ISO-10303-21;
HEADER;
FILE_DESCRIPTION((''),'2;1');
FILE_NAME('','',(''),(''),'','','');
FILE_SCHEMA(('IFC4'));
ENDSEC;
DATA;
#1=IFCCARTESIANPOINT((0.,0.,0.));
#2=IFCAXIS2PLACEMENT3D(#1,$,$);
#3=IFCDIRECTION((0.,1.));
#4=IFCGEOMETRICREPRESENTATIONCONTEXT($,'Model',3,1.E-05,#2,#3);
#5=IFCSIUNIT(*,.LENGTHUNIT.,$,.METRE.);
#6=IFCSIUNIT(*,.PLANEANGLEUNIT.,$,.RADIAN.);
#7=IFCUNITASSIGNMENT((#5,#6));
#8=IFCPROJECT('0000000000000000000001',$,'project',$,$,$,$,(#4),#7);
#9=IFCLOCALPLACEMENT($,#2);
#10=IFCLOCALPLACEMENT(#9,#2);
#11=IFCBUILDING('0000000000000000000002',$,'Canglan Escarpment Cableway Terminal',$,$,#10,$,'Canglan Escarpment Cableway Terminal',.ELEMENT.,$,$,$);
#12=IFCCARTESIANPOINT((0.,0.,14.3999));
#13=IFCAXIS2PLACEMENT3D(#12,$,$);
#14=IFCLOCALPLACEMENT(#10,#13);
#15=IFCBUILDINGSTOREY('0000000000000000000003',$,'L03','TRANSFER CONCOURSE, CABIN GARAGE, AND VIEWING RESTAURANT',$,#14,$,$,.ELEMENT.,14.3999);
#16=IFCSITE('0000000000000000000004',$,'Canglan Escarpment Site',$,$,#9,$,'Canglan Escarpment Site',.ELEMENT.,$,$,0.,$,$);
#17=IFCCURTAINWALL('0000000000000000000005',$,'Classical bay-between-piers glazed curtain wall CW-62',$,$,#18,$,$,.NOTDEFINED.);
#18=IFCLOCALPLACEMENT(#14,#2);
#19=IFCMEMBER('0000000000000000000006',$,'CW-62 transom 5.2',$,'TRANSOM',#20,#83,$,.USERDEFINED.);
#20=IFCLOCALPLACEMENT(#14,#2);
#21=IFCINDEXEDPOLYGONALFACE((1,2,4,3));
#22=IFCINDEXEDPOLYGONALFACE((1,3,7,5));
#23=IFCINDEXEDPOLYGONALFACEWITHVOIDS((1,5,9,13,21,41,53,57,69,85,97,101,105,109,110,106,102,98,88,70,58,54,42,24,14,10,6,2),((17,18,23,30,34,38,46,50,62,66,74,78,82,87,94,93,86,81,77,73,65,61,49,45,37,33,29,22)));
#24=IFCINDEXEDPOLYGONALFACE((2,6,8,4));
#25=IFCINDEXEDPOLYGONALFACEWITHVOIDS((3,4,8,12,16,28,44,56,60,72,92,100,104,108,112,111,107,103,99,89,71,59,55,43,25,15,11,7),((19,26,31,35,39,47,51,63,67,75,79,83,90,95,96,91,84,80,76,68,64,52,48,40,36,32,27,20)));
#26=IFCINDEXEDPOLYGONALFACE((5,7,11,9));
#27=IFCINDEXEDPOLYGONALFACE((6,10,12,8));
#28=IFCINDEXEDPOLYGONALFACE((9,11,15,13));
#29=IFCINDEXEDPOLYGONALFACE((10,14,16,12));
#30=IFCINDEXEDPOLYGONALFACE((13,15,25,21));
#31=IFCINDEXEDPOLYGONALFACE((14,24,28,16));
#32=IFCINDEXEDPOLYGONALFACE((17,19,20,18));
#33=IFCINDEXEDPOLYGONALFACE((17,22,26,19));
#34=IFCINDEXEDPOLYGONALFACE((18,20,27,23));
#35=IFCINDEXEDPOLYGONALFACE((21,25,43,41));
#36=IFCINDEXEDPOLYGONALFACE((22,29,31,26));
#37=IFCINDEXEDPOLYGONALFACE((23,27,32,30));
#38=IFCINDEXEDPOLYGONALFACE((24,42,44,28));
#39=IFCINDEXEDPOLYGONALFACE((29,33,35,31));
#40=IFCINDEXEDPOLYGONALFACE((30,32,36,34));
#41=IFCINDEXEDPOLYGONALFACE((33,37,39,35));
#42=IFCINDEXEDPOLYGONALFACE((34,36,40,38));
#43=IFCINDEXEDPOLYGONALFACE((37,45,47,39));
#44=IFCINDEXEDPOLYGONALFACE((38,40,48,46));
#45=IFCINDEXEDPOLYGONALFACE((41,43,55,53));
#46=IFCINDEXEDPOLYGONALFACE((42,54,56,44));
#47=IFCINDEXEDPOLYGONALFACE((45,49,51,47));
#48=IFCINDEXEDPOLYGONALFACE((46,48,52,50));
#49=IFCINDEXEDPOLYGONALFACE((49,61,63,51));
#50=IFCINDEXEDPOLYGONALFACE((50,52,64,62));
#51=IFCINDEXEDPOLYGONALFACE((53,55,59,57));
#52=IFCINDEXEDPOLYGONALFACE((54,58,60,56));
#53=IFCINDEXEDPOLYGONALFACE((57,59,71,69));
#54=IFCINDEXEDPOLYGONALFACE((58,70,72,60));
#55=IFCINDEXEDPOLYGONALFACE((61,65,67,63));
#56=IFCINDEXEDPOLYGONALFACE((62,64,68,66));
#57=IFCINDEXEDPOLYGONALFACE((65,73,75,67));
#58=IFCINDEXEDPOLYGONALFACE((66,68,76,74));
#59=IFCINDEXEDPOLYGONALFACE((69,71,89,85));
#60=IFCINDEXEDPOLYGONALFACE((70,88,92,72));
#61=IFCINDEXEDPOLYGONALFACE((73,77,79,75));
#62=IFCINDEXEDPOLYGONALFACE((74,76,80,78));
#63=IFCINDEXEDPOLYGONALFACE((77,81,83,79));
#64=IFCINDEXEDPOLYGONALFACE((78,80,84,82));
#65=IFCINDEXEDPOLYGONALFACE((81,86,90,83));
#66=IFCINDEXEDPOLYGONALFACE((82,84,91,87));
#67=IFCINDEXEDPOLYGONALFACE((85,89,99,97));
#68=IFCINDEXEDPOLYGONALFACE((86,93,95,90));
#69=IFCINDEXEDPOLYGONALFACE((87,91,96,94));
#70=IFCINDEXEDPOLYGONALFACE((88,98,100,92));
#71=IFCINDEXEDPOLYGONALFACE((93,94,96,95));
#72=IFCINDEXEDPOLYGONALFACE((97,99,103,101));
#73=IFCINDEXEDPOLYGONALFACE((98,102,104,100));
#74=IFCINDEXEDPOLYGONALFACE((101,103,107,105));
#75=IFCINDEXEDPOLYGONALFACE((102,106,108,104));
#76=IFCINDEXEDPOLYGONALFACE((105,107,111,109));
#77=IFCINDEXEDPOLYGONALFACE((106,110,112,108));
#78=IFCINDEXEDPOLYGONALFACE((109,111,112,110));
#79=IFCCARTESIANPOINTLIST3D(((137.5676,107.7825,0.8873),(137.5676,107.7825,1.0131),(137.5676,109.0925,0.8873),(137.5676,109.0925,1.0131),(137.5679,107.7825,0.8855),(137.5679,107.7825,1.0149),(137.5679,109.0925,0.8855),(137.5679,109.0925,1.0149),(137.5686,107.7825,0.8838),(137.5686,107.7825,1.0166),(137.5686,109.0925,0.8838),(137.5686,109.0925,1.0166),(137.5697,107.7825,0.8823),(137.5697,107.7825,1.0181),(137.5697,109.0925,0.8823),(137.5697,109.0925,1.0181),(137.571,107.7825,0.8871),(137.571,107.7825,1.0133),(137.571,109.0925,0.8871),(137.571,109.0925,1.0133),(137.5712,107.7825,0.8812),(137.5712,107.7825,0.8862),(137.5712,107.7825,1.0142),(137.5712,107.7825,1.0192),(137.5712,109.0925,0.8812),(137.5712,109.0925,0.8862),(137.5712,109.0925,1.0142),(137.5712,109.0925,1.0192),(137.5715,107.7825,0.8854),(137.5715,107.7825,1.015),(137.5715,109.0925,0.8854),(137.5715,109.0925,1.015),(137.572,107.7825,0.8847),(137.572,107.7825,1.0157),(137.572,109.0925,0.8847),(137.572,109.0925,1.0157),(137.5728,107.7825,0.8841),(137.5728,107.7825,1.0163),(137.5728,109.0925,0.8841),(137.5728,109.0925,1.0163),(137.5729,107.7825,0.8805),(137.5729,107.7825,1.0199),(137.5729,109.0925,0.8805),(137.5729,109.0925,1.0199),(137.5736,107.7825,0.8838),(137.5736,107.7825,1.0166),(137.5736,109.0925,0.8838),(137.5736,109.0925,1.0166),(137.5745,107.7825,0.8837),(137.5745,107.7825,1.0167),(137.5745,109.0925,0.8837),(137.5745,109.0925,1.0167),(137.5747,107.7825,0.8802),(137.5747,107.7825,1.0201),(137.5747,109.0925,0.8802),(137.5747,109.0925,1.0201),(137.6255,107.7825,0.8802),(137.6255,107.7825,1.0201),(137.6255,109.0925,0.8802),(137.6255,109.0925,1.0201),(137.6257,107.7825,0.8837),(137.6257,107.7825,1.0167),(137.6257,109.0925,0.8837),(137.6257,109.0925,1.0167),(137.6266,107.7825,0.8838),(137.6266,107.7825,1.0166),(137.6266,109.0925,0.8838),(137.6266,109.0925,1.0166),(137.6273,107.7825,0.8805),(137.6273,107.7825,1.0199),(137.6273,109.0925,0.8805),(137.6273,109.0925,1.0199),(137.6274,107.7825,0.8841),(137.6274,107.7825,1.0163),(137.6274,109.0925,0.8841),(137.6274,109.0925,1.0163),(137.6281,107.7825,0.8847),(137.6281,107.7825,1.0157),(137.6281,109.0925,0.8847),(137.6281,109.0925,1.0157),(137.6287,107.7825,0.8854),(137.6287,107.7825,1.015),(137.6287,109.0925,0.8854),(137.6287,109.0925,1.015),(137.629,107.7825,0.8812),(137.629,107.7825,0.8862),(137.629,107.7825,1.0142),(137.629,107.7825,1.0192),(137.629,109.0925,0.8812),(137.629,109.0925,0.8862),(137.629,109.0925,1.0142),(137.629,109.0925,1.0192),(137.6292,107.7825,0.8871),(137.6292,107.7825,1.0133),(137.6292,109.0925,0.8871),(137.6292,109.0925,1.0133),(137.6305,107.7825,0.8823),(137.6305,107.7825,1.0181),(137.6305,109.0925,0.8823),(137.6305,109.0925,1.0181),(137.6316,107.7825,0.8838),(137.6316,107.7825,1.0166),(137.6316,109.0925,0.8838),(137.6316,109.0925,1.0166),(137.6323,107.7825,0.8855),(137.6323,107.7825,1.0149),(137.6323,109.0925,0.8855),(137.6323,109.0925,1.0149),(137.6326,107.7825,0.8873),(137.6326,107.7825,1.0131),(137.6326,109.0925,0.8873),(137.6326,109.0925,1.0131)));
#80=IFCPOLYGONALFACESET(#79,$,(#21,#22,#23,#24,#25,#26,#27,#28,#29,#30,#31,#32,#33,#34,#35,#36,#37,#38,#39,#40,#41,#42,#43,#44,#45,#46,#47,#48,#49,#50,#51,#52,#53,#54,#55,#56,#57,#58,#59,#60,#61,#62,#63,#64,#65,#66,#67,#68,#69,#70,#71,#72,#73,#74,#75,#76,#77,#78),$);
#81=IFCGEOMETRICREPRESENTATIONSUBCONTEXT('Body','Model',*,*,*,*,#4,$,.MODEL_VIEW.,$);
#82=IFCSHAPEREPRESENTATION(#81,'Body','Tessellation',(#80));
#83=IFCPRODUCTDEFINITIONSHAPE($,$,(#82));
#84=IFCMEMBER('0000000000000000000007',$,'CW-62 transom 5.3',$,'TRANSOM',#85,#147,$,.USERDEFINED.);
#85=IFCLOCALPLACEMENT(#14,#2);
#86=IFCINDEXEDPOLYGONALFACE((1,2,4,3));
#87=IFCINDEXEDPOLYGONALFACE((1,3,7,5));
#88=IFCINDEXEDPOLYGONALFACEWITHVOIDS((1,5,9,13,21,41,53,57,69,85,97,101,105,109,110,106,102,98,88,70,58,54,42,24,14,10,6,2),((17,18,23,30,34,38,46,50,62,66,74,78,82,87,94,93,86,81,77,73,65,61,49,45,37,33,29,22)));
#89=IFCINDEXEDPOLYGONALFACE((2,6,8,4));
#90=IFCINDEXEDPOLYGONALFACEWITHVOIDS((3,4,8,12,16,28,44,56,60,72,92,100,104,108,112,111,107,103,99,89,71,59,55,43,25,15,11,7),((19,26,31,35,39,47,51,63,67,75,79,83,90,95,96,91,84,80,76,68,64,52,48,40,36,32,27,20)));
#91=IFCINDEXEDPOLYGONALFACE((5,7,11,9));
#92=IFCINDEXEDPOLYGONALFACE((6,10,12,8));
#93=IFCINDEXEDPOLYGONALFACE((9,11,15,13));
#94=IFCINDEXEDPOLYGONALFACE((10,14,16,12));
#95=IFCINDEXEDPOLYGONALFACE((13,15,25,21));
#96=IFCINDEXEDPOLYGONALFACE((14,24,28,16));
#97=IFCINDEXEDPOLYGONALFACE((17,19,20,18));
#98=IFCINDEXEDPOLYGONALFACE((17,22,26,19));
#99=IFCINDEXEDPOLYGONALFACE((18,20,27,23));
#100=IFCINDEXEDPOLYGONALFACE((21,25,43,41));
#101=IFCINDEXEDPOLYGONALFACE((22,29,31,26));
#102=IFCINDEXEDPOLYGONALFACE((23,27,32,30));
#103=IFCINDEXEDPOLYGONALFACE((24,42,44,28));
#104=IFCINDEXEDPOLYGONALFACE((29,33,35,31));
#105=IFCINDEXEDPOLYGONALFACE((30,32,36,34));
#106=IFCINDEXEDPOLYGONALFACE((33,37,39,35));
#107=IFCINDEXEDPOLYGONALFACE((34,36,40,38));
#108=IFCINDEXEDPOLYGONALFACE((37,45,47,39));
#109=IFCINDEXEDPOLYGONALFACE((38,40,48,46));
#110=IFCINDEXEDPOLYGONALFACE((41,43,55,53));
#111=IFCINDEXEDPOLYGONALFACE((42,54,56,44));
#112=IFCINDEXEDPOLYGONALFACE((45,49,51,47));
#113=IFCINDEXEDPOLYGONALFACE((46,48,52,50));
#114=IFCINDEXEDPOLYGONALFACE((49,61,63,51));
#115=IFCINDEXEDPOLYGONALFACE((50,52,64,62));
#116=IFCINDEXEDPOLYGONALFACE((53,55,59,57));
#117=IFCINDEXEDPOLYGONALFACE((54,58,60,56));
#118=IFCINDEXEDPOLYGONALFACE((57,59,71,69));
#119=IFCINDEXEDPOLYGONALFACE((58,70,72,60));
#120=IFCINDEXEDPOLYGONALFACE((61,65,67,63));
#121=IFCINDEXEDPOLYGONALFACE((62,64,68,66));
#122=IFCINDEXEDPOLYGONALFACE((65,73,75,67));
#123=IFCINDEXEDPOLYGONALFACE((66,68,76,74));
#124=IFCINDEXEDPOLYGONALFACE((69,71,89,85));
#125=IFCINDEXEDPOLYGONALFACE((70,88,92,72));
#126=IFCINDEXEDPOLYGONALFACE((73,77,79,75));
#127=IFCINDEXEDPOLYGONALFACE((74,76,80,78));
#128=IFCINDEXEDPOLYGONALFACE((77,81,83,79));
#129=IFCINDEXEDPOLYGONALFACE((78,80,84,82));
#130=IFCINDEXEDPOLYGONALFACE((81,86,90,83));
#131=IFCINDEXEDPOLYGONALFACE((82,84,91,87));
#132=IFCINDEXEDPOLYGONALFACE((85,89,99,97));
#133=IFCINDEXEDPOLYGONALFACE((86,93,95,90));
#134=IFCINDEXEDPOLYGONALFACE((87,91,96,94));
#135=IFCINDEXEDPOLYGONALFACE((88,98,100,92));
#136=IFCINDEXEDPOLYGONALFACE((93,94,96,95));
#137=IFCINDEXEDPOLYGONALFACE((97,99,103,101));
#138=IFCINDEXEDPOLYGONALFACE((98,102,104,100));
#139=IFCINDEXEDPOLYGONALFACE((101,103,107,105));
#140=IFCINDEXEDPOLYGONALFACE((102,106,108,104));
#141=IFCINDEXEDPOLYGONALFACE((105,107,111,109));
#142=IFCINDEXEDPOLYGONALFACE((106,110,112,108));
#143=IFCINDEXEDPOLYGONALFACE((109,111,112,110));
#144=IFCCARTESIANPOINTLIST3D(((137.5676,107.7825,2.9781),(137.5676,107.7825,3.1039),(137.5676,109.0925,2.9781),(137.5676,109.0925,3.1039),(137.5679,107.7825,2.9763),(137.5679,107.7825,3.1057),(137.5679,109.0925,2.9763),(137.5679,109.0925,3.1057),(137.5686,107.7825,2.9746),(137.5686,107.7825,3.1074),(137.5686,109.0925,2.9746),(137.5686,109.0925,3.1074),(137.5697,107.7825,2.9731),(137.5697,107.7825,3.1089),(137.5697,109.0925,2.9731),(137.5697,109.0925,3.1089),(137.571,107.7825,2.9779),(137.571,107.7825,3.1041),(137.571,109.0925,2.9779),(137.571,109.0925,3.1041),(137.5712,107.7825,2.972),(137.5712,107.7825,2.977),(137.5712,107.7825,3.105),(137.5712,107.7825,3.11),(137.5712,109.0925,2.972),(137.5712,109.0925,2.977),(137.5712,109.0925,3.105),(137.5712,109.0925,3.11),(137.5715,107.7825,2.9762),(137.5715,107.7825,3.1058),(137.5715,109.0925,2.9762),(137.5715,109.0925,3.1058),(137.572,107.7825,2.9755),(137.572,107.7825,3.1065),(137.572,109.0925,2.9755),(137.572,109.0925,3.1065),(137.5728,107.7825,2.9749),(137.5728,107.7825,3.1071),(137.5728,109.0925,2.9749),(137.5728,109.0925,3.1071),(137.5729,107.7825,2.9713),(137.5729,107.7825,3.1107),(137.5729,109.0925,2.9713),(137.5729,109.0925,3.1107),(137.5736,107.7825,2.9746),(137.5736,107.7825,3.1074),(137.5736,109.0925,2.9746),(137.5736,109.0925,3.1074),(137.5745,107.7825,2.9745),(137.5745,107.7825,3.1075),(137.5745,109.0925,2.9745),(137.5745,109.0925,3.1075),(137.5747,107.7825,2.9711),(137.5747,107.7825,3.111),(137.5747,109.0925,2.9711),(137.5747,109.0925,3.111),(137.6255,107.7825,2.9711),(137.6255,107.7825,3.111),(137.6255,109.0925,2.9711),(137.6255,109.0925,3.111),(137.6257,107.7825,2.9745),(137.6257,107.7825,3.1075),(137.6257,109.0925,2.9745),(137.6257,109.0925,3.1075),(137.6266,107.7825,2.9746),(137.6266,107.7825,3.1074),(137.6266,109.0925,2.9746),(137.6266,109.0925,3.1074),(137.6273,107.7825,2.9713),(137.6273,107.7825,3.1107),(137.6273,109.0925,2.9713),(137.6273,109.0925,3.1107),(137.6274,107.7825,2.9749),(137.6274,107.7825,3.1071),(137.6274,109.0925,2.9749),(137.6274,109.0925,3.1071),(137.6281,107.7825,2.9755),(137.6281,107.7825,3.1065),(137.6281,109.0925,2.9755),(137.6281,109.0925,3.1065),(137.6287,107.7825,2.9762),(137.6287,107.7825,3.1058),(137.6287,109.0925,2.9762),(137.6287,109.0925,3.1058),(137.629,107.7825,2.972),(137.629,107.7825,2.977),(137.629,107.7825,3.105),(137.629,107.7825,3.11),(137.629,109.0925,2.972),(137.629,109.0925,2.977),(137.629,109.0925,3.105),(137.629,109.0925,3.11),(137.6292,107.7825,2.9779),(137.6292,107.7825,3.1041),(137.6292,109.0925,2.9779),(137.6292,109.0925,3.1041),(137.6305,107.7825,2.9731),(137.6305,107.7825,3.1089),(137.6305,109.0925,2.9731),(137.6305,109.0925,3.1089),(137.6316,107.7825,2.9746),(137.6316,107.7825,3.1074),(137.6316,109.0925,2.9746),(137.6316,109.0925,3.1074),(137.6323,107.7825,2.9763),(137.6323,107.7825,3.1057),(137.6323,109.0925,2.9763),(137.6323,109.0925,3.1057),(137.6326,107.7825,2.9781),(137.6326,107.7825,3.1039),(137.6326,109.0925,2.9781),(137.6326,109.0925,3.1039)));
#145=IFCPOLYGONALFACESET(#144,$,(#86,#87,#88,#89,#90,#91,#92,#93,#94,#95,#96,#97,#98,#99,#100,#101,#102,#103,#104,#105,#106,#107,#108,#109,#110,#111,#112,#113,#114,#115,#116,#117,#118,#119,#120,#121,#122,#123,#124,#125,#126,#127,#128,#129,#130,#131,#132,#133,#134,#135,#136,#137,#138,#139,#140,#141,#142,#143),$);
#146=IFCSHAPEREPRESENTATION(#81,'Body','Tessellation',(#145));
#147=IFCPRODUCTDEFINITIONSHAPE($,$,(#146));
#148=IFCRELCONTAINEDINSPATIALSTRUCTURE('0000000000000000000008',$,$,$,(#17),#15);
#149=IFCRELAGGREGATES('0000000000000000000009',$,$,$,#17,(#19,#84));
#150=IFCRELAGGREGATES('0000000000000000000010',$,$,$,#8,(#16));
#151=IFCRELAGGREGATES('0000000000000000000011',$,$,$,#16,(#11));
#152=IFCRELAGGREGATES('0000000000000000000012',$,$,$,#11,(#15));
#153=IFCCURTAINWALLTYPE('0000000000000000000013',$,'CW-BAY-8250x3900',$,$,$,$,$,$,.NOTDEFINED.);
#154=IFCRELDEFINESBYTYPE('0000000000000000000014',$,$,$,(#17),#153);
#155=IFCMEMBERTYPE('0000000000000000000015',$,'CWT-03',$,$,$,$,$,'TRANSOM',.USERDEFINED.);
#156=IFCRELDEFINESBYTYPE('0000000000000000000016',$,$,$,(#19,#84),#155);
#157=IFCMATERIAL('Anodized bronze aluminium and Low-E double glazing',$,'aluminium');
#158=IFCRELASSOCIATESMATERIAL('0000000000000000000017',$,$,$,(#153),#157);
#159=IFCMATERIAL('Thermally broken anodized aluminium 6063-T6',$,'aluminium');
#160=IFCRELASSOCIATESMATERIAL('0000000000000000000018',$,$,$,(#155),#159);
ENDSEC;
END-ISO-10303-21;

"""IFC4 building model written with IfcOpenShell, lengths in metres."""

from ifc_helpers import new_model, si_unit, direction, frame, origin, origin_2d, place, context, subcontext, project, spatial, hollow_rectangle, extrude, material, material_profile, profile_set, type_object, element, aggregate, save


model = new_model("IFC4")

# Units and contexts
model_context = context("Model", 3, precision=1e-05, world=origin(), true_north=direction((0.0, 1.0)))
body_context = subcontext(model_context, "Body", "Model", "MODEL_VIEW")
ifc_project = project(units=[si_unit("LENGTHUNIT", "METRE"), si_unit("PLANEANGLEUNIT", "RADIAN")], contexts=[model_context])

# Site, building, storey
site_placement = place(None, origin())
site = spatial("IfcSite", under=ifc_project, at=site_placement, Name="Canglan Escarpment Site", LongName="Canglan Escarpment Site", CompositionType="ELEMENT", RefElevation=0.0)
building_placement = place(site_placement, origin())
building = spatial("IfcBuilding", under=site, at=building_placement, Name="Canglan Escarpment Cableway Terminal", LongName="Canglan Escarpment Cableway Terminal", CompositionType="ELEMENT")
storey_placement = place(building_placement, frame((0.0, 0.0, 14.3999)))
storey = spatial("IfcBuildingStorey", under=building, at=storey_placement, Name="L03", Description="TRANSFER CONCOURSE, CABIN GARAGE, AND VIEWING RESTAURANT", CompositionType="ELEMENT", Elevation=14.3999)

# Curtain wall, members
ifc_material_1 = material(Name="Anodized bronze aluminium and Low-E double glazing", Category="aluminium")
curtain_wall_type = type_object("IfcCurtainWallType", Name="CW-BAY-8250x3900", PredefinedType="NOTDEFINED", material=ifc_material_1)
curtain_wall_placement = place(storey_placement, origin())
curtain_wall = element("IfcCurtainWall", 1, at=curtain_wall_placement, inside=storey, type_object=curtain_wall_type, Name="Classical bay-between-piers glazed curtain wall CW-62", PredefinedType="NOTDEFINED")
ifc_material_2 = material(Name="Thermally broken anodized aluminium 6063-T6", Category="aluminium")
ifc_material_profile_1 = material_profile(ifc_material_2, hollow_rectangle(XDim=0.0649, YDim=0.1399, WallThickness=0.0034, InnerFilletRadius=0.0034, OuterFilletRadius=0.0071, at=origin_2d()), Name="ALU-TRAN 65x140x3.5")
ifc_profile_set_1 = profile_set([ifc_material_profile_1], Name="Thermally broken anodized aluminium 6063-T6")
member_type_1 = type_object("IfcMemberType", Name="CWT-03", ElementType="TRANSOM", PredefinedType="USERDEFINED", material=ifc_profile_set_1)
member_1_placement = place(storey_placement, frame((137.6001, 109.0925, 0.9502), z_axis=(0.0, -1.0, 0.0), x_axis=(1.0, 0.0, 0.0)))
member_1 = element("IfcMember", 2, at=member_1_placement, type_object=member_type_1, Name="CW-62 transom 5.2", ObjectType="TRANSOM", PredefinedType="USERDEFINED", context=body_context, shape_type="SweptSolid", body=[
    extrude(hollow_rectangle(XDim=0.0649, YDim=0.1399, WallThickness=0.0034, InnerFilletRadius=0.0034, OuterFilletRadius=0.0071, at=origin_2d()), origin(), (0.0, 0.0, 1.0), 1.3101),
])
member_2_placement = place(storey_placement, frame((137.6001, 109.0925, 3.041), z_axis=(0.0, -1.0, 0.0), x_axis=(1.0, 0.0, 0.0)))
member_2 = element("IfcMember", 3, at=member_2_placement, type_object=member_type_1, Name="CW-62 transom 5.3", ObjectType="TRANSOM", PredefinedType="USERDEFINED", context=body_context, shape_type="SweptSolid", body=[
    extrude(hollow_rectangle(XDim=0.0649, YDim=0.1399, WallThickness=0.0034, InnerFilletRadius=0.0034, OuterFilletRadius=0.0071, at=origin_2d()), origin(), (0.0, 0.0, 1.0), 1.3101),
])

aggregate(curtain_wall, [member_1, member_2])

save(model, "model.ifc")
